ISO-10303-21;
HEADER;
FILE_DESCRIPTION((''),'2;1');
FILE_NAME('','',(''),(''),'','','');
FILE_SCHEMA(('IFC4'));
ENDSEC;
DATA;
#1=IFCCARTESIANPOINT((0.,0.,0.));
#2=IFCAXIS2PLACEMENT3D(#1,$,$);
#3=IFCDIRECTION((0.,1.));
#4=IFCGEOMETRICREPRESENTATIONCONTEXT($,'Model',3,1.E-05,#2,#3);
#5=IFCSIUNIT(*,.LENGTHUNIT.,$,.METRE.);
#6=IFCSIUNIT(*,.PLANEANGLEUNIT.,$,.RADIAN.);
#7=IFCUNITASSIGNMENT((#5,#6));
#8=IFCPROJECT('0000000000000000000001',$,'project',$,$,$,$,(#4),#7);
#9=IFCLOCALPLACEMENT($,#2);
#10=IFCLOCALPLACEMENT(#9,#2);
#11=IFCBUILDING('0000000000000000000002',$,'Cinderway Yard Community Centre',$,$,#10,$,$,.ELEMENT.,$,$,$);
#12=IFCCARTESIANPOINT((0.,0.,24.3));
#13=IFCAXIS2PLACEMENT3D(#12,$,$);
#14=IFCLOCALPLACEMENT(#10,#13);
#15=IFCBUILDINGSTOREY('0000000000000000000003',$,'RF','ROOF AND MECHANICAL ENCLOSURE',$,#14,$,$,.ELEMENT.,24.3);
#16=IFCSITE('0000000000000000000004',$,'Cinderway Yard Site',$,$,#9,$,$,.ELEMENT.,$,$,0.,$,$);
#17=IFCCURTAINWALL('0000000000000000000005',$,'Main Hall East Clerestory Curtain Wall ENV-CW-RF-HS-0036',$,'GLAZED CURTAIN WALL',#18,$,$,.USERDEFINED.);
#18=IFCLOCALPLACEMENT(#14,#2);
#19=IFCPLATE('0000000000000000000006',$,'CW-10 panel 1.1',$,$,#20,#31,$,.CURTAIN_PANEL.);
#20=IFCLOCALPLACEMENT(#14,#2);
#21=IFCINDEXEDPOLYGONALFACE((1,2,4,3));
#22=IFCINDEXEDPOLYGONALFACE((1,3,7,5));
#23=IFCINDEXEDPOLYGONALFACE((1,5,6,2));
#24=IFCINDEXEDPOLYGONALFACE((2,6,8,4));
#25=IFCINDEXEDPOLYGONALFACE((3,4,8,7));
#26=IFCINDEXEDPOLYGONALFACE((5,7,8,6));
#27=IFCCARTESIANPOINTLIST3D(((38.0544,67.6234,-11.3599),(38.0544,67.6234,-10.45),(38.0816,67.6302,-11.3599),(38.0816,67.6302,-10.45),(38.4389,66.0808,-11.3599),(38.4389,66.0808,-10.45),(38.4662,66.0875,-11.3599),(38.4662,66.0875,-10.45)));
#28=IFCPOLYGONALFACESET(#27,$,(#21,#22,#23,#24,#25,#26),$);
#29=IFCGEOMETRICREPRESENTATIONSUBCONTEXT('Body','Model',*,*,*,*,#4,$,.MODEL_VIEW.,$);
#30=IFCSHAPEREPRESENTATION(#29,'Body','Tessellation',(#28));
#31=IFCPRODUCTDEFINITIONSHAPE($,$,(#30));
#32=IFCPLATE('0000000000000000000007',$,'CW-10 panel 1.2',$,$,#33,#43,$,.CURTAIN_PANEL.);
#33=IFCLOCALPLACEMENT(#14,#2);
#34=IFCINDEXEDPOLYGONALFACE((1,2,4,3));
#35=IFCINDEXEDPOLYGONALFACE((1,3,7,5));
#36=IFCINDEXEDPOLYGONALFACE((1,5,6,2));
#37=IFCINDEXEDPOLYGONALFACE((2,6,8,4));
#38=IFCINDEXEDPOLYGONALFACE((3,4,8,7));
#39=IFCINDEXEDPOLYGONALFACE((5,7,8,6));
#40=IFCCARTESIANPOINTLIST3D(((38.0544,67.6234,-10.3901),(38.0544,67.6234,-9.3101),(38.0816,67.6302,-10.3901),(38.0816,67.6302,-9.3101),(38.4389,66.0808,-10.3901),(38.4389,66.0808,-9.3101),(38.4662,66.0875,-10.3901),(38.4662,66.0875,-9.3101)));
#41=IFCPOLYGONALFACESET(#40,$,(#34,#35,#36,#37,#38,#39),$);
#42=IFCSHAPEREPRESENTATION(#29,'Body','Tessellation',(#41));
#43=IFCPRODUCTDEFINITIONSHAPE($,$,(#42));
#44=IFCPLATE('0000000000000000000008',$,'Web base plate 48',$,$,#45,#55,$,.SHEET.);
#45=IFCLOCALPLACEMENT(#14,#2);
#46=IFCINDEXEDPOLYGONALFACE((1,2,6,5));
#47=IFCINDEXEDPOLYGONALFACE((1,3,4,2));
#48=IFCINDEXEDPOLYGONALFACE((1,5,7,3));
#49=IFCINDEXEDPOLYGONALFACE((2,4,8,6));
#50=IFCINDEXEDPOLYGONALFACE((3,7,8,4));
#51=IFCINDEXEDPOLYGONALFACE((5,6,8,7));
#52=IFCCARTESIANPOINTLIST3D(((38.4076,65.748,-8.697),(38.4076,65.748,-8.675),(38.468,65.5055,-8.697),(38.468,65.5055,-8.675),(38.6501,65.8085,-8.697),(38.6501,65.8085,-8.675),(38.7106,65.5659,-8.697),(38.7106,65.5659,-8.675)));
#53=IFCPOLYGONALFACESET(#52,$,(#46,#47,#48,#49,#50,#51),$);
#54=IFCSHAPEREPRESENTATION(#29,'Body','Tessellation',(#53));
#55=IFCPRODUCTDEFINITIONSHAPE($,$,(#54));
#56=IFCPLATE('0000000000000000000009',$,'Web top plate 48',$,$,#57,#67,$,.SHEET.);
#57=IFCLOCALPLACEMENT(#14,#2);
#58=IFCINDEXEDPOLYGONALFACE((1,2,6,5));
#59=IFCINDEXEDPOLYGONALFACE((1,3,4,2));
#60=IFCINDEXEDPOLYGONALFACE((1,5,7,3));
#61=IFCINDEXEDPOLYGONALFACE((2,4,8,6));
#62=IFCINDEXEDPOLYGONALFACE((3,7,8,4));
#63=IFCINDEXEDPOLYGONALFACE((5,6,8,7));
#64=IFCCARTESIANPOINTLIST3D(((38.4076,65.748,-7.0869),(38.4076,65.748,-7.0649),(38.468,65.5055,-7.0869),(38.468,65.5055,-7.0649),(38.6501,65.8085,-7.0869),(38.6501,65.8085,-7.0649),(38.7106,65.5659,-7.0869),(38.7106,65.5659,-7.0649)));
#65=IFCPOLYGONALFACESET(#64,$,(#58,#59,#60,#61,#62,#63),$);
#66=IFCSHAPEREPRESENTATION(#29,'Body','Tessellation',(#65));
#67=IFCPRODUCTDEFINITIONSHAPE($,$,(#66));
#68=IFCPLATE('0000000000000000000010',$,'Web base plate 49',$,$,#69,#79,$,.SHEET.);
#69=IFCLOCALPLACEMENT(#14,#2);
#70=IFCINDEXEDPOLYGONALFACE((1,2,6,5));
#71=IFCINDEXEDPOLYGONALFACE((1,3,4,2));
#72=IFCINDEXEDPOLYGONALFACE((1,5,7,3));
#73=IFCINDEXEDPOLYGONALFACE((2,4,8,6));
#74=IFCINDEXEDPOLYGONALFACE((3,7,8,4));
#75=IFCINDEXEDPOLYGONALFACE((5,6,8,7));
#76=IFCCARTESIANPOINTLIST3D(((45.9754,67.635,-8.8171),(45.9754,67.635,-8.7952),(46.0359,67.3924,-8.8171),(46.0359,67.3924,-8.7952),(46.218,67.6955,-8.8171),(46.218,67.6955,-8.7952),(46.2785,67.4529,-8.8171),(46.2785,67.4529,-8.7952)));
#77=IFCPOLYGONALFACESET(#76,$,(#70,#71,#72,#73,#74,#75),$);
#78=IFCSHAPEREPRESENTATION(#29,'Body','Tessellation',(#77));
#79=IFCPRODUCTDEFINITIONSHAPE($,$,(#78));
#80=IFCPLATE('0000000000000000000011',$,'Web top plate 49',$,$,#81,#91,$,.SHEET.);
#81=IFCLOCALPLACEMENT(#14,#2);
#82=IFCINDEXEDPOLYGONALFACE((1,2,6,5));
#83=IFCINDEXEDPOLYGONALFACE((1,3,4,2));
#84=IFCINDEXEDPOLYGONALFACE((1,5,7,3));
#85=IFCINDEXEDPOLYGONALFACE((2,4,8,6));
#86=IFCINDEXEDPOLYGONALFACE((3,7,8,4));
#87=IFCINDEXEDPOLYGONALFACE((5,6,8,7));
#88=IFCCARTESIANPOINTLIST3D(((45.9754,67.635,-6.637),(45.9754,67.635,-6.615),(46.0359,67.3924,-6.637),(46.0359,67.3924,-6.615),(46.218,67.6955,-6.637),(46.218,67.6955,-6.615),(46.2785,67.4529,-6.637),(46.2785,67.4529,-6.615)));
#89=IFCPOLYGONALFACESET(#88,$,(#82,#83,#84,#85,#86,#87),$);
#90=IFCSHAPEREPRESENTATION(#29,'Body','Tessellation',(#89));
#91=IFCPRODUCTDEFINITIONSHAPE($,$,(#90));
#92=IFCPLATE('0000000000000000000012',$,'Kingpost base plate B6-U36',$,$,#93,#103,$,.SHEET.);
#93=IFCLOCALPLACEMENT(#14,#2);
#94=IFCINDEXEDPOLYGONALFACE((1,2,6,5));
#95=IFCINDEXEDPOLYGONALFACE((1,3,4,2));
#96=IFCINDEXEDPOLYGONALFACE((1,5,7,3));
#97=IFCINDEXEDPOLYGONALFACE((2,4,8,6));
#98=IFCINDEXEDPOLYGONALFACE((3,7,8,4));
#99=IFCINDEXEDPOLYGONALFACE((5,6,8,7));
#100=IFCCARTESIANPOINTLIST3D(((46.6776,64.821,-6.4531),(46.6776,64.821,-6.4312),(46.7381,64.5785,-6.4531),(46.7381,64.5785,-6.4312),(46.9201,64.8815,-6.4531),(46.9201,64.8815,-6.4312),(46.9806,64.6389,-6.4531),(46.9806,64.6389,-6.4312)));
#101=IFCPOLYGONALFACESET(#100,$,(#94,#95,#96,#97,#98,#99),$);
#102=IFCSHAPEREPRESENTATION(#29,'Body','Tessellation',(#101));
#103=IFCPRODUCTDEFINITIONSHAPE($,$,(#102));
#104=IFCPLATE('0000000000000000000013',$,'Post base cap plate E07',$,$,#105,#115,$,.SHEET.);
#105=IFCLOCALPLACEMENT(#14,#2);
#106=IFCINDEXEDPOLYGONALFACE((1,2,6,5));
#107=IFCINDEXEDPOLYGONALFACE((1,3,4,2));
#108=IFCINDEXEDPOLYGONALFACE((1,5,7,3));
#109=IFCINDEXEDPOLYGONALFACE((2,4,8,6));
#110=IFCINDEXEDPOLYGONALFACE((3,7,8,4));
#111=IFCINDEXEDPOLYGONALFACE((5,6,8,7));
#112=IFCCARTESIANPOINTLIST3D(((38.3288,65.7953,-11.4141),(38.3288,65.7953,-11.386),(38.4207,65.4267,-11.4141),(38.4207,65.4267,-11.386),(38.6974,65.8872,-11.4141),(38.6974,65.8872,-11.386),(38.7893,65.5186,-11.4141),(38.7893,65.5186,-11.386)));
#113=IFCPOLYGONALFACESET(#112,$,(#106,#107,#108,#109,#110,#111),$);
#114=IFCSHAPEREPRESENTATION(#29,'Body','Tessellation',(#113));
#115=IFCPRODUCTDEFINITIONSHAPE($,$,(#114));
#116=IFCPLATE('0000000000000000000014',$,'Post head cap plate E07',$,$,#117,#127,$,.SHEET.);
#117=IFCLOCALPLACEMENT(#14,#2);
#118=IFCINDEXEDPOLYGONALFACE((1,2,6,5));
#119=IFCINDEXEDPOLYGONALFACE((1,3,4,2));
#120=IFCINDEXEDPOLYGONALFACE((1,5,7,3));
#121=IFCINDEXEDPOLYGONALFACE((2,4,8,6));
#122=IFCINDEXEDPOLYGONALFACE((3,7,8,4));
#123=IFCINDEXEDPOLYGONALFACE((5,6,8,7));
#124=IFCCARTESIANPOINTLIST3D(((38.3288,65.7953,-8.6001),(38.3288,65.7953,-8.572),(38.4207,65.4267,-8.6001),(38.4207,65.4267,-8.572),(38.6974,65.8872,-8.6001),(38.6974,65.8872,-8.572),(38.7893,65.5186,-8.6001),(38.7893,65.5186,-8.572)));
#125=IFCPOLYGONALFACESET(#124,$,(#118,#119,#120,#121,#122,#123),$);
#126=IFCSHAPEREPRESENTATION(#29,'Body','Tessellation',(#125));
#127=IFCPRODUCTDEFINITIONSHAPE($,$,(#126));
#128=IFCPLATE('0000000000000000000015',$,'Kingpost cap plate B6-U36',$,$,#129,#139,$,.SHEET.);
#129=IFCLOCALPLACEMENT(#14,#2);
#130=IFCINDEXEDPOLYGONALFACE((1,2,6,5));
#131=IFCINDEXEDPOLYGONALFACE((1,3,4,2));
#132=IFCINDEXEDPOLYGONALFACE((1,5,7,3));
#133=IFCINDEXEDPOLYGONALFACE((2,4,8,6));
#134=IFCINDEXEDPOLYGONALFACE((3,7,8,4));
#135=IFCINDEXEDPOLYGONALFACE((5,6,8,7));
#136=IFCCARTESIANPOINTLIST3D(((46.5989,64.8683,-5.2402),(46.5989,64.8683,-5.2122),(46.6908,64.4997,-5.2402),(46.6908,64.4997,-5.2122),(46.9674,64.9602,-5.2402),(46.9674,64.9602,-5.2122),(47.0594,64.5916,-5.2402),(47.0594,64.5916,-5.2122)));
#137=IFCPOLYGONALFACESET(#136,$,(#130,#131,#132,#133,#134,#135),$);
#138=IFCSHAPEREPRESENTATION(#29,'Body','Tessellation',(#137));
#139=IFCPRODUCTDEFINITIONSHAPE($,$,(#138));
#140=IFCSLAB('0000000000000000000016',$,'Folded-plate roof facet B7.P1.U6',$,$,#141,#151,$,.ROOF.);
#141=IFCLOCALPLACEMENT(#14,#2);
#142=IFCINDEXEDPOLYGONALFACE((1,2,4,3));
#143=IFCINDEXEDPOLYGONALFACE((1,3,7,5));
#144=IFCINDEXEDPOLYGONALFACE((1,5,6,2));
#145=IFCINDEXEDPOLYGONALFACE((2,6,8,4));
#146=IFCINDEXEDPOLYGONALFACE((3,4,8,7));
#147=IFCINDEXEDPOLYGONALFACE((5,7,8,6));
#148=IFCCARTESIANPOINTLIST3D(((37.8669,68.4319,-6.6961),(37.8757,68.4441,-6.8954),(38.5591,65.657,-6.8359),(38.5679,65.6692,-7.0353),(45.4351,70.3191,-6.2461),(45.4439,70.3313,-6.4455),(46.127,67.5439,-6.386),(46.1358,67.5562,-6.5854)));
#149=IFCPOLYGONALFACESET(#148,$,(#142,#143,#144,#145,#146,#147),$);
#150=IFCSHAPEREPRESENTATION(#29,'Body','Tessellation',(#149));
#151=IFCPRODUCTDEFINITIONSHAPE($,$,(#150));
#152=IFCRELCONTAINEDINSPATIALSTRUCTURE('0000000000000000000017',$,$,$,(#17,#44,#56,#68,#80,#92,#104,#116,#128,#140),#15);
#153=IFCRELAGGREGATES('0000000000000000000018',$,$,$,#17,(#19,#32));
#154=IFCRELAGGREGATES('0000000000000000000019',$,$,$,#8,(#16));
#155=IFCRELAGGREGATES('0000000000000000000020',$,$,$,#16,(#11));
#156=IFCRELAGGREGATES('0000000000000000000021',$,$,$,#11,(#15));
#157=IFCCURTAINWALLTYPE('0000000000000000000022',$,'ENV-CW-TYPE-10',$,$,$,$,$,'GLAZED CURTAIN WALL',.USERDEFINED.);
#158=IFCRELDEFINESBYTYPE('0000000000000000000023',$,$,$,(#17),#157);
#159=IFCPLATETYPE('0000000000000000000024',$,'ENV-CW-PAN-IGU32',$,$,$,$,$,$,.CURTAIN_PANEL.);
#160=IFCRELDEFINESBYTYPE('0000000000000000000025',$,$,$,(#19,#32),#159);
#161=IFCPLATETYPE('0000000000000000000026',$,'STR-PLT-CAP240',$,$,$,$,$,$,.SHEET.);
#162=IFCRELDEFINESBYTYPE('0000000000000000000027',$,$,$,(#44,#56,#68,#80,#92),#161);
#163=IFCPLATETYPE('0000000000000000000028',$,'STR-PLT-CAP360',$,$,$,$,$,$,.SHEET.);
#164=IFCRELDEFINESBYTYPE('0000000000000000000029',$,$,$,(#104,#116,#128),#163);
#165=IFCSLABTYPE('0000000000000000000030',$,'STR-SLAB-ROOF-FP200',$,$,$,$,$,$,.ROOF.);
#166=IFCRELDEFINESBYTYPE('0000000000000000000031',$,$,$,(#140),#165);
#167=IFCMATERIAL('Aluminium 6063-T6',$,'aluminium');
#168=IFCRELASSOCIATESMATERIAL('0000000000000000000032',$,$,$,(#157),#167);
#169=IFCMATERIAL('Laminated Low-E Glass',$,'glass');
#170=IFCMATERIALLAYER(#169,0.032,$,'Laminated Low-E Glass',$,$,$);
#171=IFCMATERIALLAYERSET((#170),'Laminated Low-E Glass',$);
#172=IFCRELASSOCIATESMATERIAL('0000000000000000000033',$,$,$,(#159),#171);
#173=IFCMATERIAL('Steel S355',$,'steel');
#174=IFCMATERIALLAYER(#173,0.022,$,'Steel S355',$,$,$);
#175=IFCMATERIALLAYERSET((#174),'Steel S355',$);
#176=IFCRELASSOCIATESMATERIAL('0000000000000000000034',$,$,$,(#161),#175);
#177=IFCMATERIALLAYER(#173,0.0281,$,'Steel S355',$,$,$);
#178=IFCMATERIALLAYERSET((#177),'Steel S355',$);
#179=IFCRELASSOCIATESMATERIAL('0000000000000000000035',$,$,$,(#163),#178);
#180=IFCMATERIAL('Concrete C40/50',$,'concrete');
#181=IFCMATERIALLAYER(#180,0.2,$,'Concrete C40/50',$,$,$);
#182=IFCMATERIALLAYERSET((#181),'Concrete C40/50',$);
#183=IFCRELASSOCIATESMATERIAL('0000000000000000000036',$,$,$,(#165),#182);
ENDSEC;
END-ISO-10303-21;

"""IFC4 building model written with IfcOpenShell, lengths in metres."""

from ifc_helpers import new_model, si_unit, direction, frame, origin, origin_2d, place, context, subcontext, project, spatial, polyline, rectangle, outline, extrude, material, layer, layer_set, type_object, element, aggregate, save


model = new_model("IFC4")

# Units and contexts
model_context = context("Model", 3, precision=1e-05, world=origin(), true_north=direction((0.0, 1.0)))
body_context = subcontext(model_context, "Body", "Model", "MODEL_VIEW")
ifc_project = project(units=[si_unit("LENGTHUNIT", "METRE"), si_unit("PLANEANGLEUNIT", "RADIAN")], contexts=[model_context])

# Site, building, storey
site_placement = place(None, origin())
site = spatial("IfcSite", under=ifc_project, at=site_placement, Name="Cinderway Yard Site", CompositionType="ELEMENT", RefElevation=0.0)
building_placement = place(site_placement, origin())
building = spatial("IfcBuilding", under=site, at=building_placement, Name="Cinderway Yard Community Centre", CompositionType="ELEMENT")
storey_placement = place(building_placement, frame((0.0, 0.0, 24.3)))
storey = spatial("IfcBuildingStorey", under=building, at=storey_placement, Name="RF", Description="ROOF AND MECHANICAL ENCLOSURE", CompositionType="ELEMENT", Elevation=24.3)

# Shared definitions
ifc_material_1 = material(Name="Steel S355", Category="steel")

# Shared definitions
ifc_material_2 = material(Name="Aluminium 6063-T6", Category="aluminium")
curtain_wall_type = type_object("IfcCurtainWallType", Name="ENV-CW-TYPE-10", ElementType="GLAZED CURTAIN WALL", PredefinedType="USERDEFINED", material=ifc_material_2)

# Curtain wall
curtain_wall_1_placement = place(storey_placement, origin())
curtain_wall_1 = element("IfcCurtainWall", 1, at=curtain_wall_1_placement, inside=storey, type_object=curtain_wall_type, Name="Main Hall East Clerestory Curtain Wall ENV-CW-RF-HS-0036", ObjectType="GLAZED CURTAIN WALL", PredefinedType="USERDEFINED")

# Shared definitions
ifc_material_3 = material(Name="Concrete C40/50", Category="concrete")

# Plates
ifc_material_4 = material(Name="Laminated Low-E Glass", Category="glass")
ifc_layer_1 = layer(ifc_material_4, 0.032, Name="Laminated Low-E Glass")
ifc_layer_set_1 = layer_set([ifc_layer_1], Name="Laminated Low-E Glass")
plate_type_1 = type_object("IfcPlateType", Name="ENV-CW-PAN-IGU32", PredefinedType="CURTAIN_PANEL", material=ifc_layer_set_1)
plate_1_placement = place(storey_placement, frame((38.2603, 66.8555, -11.3599), z_axis=(0.0, 0.0, 1.0), x_axis=(-0.241882, 0.970306, 0.0)))
plate_1 = element("IfcPlate", 2, at=plate_1_placement, type_object=plate_type_1, Name="CW-10 panel 1.1", PredefinedType="CURTAIN_PANEL", context=body_context, shape_type="SweptSolid", body=[
    extrude(rectangle(XDim=1.5898, YDim=0.0281, at=origin_2d()), origin(), (0.0, 0.0, 1.0), 0.9099),
])
plate_2_placement = place(storey_placement, frame((38.2603, 66.8555, -10.3901), z_axis=(0.0, 0.0, 1.0), x_axis=(-0.241882, 0.970306, 0.0)))
plate_2 = element("IfcPlate", 3, at=plate_2_placement, type_object=plate_type_1, Name="CW-10 panel 1.2", PredefinedType="CURTAIN_PANEL", context=body_context, shape_type="SweptSolid", body=[
    extrude(rectangle(XDim=1.5898, YDim=0.0281, at=origin_2d()), origin(), (0.0, 0.0, 1.0), 1.0801),
])
aggregate(curtain_wall_1, [plate_1, plate_2])

# Plates
ifc_layer_2 = layer(ifc_material_1, 0.022, Name="Steel S355")
ifc_layer_set_2 = layer_set([ifc_layer_2], Name="Steel S355")
plate_type_2 = type_object("IfcPlateType", Name="STR-PLT-CAP240", PredefinedType="SHEET", material=ifc_layer_set_2)
for number, where, z_axis, x_axis, name in (
    (4, (38.5591, 65.657, -8.697), (0.0, 0.0, 1.0), (0.970296, 0.241922, 0.0), "Web base plate 48"),
    (5, (38.5591, 65.657, -7.0869), (0.0, 0.0, 1.0), (0.970296, 0.241922, 0.0), "Web top plate 48"),
    (6, (46.127, 67.5439, -8.8171), (0.0, 0.0, 1.0), (0.970296, 0.241922, 0.0), "Web base plate 49"),
    (7, (46.127, 67.5439, -6.637), (0.0, 0.0, 1.0), (0.970296, 0.241922, 0.0), "Web top plate 49"),
    (8, (46.8291, 64.73, -6.4531), (0.0, 0.0, 1.0), (0.970296, 0.241922, 0.0), "Kingpost base plate B6-U36"),
):
    element("IfcPlate", number, at=place(storey_placement, frame(where, z_axis=z_axis, x_axis=x_axis)), inside=storey, type_object=plate_type_2, Name=name, PredefinedType="SHEET", context=body_context, shape_type="SweptSolid", body=[
        extrude(rectangle(XDim=0.25, YDim=0.25, at=origin_2d()), origin(), (0.0, 0.0, 1.0), 0.022),
    ])
ifc_layer_3 = layer(ifc_material_1, 0.0281, Name="Steel S355")
ifc_layer_set_3 = layer_set([ifc_layer_3], Name="Steel S355")
plate_type_3 = type_object("IfcPlateType", Name="STR-PLT-CAP360", PredefinedType="SHEET", material=ifc_layer_set_3)
for number, where, z_axis, x_axis, name in (
    (9, (38.5591, 65.657, -11.4141), (0.0, 0.0, 1.0), (0.970296, 0.241922, 0.0), "Post base cap plate E07"),
    (10, (38.5591, 65.657, -8.6001), (0.0, 0.0, 1.0), (0.970296, 0.241922, 0.0), "Post head cap plate E07"),
    (11, (46.8291, 64.73, -5.2402), (0.0, 0.0, 1.0), (0.970296, 0.241922, 0.0), "Kingpost cap plate B6-U36"),
):
    element("IfcPlate", number, at=place(storey_placement, frame(where, z_axis=z_axis, x_axis=x_axis)), inside=storey, type_object=plate_type_3, Name=name, PredefinedType="SHEET", context=body_context, shape_type="SweptSolid", body=[
        extrude(rectangle(XDim=0.3799, YDim=0.3799, at=origin_2d()), origin(), (0.0, 0.0, 1.0), 0.0281),
    ])

# Slab
ifc_layer_4 = layer(ifc_material_3, 0.2, Name="Concrete C40/50")
ifc_layer_set_4 = layer_set([ifc_layer_4], Name="Concrete C40/50")
slab_type = type_object("IfcSlabType", Name="STR-SLAB-ROOF-FP200", PredefinedType="ROOF", material=ifc_layer_set_4)
slab_placement = place(storey_placement, frame((38.5591, 65.657, -6.8359), z_axis=(-0.044014, -0.061244, 0.997152), x_axis=(0.968683, 0.24153, 0.057592)))
element("IfcSlab", 12, at=slab_placement, inside=storey, type_object=slab_type, Name="Folded-plate roof facet B7.P1.U6", PredefinedType="ROOF", context=body_context, shape_type="SweptSolid", body=[
    extrude(outline(polyline([(0.0, 0.0), (7.8125, 0.0), (7.8207, 2.8635), (0.0078, 2.8633), (0.0, 0.0)])), origin(), (0.0, 0.0, -1.0), 0.2),
])

save(model, "model.ifc")
